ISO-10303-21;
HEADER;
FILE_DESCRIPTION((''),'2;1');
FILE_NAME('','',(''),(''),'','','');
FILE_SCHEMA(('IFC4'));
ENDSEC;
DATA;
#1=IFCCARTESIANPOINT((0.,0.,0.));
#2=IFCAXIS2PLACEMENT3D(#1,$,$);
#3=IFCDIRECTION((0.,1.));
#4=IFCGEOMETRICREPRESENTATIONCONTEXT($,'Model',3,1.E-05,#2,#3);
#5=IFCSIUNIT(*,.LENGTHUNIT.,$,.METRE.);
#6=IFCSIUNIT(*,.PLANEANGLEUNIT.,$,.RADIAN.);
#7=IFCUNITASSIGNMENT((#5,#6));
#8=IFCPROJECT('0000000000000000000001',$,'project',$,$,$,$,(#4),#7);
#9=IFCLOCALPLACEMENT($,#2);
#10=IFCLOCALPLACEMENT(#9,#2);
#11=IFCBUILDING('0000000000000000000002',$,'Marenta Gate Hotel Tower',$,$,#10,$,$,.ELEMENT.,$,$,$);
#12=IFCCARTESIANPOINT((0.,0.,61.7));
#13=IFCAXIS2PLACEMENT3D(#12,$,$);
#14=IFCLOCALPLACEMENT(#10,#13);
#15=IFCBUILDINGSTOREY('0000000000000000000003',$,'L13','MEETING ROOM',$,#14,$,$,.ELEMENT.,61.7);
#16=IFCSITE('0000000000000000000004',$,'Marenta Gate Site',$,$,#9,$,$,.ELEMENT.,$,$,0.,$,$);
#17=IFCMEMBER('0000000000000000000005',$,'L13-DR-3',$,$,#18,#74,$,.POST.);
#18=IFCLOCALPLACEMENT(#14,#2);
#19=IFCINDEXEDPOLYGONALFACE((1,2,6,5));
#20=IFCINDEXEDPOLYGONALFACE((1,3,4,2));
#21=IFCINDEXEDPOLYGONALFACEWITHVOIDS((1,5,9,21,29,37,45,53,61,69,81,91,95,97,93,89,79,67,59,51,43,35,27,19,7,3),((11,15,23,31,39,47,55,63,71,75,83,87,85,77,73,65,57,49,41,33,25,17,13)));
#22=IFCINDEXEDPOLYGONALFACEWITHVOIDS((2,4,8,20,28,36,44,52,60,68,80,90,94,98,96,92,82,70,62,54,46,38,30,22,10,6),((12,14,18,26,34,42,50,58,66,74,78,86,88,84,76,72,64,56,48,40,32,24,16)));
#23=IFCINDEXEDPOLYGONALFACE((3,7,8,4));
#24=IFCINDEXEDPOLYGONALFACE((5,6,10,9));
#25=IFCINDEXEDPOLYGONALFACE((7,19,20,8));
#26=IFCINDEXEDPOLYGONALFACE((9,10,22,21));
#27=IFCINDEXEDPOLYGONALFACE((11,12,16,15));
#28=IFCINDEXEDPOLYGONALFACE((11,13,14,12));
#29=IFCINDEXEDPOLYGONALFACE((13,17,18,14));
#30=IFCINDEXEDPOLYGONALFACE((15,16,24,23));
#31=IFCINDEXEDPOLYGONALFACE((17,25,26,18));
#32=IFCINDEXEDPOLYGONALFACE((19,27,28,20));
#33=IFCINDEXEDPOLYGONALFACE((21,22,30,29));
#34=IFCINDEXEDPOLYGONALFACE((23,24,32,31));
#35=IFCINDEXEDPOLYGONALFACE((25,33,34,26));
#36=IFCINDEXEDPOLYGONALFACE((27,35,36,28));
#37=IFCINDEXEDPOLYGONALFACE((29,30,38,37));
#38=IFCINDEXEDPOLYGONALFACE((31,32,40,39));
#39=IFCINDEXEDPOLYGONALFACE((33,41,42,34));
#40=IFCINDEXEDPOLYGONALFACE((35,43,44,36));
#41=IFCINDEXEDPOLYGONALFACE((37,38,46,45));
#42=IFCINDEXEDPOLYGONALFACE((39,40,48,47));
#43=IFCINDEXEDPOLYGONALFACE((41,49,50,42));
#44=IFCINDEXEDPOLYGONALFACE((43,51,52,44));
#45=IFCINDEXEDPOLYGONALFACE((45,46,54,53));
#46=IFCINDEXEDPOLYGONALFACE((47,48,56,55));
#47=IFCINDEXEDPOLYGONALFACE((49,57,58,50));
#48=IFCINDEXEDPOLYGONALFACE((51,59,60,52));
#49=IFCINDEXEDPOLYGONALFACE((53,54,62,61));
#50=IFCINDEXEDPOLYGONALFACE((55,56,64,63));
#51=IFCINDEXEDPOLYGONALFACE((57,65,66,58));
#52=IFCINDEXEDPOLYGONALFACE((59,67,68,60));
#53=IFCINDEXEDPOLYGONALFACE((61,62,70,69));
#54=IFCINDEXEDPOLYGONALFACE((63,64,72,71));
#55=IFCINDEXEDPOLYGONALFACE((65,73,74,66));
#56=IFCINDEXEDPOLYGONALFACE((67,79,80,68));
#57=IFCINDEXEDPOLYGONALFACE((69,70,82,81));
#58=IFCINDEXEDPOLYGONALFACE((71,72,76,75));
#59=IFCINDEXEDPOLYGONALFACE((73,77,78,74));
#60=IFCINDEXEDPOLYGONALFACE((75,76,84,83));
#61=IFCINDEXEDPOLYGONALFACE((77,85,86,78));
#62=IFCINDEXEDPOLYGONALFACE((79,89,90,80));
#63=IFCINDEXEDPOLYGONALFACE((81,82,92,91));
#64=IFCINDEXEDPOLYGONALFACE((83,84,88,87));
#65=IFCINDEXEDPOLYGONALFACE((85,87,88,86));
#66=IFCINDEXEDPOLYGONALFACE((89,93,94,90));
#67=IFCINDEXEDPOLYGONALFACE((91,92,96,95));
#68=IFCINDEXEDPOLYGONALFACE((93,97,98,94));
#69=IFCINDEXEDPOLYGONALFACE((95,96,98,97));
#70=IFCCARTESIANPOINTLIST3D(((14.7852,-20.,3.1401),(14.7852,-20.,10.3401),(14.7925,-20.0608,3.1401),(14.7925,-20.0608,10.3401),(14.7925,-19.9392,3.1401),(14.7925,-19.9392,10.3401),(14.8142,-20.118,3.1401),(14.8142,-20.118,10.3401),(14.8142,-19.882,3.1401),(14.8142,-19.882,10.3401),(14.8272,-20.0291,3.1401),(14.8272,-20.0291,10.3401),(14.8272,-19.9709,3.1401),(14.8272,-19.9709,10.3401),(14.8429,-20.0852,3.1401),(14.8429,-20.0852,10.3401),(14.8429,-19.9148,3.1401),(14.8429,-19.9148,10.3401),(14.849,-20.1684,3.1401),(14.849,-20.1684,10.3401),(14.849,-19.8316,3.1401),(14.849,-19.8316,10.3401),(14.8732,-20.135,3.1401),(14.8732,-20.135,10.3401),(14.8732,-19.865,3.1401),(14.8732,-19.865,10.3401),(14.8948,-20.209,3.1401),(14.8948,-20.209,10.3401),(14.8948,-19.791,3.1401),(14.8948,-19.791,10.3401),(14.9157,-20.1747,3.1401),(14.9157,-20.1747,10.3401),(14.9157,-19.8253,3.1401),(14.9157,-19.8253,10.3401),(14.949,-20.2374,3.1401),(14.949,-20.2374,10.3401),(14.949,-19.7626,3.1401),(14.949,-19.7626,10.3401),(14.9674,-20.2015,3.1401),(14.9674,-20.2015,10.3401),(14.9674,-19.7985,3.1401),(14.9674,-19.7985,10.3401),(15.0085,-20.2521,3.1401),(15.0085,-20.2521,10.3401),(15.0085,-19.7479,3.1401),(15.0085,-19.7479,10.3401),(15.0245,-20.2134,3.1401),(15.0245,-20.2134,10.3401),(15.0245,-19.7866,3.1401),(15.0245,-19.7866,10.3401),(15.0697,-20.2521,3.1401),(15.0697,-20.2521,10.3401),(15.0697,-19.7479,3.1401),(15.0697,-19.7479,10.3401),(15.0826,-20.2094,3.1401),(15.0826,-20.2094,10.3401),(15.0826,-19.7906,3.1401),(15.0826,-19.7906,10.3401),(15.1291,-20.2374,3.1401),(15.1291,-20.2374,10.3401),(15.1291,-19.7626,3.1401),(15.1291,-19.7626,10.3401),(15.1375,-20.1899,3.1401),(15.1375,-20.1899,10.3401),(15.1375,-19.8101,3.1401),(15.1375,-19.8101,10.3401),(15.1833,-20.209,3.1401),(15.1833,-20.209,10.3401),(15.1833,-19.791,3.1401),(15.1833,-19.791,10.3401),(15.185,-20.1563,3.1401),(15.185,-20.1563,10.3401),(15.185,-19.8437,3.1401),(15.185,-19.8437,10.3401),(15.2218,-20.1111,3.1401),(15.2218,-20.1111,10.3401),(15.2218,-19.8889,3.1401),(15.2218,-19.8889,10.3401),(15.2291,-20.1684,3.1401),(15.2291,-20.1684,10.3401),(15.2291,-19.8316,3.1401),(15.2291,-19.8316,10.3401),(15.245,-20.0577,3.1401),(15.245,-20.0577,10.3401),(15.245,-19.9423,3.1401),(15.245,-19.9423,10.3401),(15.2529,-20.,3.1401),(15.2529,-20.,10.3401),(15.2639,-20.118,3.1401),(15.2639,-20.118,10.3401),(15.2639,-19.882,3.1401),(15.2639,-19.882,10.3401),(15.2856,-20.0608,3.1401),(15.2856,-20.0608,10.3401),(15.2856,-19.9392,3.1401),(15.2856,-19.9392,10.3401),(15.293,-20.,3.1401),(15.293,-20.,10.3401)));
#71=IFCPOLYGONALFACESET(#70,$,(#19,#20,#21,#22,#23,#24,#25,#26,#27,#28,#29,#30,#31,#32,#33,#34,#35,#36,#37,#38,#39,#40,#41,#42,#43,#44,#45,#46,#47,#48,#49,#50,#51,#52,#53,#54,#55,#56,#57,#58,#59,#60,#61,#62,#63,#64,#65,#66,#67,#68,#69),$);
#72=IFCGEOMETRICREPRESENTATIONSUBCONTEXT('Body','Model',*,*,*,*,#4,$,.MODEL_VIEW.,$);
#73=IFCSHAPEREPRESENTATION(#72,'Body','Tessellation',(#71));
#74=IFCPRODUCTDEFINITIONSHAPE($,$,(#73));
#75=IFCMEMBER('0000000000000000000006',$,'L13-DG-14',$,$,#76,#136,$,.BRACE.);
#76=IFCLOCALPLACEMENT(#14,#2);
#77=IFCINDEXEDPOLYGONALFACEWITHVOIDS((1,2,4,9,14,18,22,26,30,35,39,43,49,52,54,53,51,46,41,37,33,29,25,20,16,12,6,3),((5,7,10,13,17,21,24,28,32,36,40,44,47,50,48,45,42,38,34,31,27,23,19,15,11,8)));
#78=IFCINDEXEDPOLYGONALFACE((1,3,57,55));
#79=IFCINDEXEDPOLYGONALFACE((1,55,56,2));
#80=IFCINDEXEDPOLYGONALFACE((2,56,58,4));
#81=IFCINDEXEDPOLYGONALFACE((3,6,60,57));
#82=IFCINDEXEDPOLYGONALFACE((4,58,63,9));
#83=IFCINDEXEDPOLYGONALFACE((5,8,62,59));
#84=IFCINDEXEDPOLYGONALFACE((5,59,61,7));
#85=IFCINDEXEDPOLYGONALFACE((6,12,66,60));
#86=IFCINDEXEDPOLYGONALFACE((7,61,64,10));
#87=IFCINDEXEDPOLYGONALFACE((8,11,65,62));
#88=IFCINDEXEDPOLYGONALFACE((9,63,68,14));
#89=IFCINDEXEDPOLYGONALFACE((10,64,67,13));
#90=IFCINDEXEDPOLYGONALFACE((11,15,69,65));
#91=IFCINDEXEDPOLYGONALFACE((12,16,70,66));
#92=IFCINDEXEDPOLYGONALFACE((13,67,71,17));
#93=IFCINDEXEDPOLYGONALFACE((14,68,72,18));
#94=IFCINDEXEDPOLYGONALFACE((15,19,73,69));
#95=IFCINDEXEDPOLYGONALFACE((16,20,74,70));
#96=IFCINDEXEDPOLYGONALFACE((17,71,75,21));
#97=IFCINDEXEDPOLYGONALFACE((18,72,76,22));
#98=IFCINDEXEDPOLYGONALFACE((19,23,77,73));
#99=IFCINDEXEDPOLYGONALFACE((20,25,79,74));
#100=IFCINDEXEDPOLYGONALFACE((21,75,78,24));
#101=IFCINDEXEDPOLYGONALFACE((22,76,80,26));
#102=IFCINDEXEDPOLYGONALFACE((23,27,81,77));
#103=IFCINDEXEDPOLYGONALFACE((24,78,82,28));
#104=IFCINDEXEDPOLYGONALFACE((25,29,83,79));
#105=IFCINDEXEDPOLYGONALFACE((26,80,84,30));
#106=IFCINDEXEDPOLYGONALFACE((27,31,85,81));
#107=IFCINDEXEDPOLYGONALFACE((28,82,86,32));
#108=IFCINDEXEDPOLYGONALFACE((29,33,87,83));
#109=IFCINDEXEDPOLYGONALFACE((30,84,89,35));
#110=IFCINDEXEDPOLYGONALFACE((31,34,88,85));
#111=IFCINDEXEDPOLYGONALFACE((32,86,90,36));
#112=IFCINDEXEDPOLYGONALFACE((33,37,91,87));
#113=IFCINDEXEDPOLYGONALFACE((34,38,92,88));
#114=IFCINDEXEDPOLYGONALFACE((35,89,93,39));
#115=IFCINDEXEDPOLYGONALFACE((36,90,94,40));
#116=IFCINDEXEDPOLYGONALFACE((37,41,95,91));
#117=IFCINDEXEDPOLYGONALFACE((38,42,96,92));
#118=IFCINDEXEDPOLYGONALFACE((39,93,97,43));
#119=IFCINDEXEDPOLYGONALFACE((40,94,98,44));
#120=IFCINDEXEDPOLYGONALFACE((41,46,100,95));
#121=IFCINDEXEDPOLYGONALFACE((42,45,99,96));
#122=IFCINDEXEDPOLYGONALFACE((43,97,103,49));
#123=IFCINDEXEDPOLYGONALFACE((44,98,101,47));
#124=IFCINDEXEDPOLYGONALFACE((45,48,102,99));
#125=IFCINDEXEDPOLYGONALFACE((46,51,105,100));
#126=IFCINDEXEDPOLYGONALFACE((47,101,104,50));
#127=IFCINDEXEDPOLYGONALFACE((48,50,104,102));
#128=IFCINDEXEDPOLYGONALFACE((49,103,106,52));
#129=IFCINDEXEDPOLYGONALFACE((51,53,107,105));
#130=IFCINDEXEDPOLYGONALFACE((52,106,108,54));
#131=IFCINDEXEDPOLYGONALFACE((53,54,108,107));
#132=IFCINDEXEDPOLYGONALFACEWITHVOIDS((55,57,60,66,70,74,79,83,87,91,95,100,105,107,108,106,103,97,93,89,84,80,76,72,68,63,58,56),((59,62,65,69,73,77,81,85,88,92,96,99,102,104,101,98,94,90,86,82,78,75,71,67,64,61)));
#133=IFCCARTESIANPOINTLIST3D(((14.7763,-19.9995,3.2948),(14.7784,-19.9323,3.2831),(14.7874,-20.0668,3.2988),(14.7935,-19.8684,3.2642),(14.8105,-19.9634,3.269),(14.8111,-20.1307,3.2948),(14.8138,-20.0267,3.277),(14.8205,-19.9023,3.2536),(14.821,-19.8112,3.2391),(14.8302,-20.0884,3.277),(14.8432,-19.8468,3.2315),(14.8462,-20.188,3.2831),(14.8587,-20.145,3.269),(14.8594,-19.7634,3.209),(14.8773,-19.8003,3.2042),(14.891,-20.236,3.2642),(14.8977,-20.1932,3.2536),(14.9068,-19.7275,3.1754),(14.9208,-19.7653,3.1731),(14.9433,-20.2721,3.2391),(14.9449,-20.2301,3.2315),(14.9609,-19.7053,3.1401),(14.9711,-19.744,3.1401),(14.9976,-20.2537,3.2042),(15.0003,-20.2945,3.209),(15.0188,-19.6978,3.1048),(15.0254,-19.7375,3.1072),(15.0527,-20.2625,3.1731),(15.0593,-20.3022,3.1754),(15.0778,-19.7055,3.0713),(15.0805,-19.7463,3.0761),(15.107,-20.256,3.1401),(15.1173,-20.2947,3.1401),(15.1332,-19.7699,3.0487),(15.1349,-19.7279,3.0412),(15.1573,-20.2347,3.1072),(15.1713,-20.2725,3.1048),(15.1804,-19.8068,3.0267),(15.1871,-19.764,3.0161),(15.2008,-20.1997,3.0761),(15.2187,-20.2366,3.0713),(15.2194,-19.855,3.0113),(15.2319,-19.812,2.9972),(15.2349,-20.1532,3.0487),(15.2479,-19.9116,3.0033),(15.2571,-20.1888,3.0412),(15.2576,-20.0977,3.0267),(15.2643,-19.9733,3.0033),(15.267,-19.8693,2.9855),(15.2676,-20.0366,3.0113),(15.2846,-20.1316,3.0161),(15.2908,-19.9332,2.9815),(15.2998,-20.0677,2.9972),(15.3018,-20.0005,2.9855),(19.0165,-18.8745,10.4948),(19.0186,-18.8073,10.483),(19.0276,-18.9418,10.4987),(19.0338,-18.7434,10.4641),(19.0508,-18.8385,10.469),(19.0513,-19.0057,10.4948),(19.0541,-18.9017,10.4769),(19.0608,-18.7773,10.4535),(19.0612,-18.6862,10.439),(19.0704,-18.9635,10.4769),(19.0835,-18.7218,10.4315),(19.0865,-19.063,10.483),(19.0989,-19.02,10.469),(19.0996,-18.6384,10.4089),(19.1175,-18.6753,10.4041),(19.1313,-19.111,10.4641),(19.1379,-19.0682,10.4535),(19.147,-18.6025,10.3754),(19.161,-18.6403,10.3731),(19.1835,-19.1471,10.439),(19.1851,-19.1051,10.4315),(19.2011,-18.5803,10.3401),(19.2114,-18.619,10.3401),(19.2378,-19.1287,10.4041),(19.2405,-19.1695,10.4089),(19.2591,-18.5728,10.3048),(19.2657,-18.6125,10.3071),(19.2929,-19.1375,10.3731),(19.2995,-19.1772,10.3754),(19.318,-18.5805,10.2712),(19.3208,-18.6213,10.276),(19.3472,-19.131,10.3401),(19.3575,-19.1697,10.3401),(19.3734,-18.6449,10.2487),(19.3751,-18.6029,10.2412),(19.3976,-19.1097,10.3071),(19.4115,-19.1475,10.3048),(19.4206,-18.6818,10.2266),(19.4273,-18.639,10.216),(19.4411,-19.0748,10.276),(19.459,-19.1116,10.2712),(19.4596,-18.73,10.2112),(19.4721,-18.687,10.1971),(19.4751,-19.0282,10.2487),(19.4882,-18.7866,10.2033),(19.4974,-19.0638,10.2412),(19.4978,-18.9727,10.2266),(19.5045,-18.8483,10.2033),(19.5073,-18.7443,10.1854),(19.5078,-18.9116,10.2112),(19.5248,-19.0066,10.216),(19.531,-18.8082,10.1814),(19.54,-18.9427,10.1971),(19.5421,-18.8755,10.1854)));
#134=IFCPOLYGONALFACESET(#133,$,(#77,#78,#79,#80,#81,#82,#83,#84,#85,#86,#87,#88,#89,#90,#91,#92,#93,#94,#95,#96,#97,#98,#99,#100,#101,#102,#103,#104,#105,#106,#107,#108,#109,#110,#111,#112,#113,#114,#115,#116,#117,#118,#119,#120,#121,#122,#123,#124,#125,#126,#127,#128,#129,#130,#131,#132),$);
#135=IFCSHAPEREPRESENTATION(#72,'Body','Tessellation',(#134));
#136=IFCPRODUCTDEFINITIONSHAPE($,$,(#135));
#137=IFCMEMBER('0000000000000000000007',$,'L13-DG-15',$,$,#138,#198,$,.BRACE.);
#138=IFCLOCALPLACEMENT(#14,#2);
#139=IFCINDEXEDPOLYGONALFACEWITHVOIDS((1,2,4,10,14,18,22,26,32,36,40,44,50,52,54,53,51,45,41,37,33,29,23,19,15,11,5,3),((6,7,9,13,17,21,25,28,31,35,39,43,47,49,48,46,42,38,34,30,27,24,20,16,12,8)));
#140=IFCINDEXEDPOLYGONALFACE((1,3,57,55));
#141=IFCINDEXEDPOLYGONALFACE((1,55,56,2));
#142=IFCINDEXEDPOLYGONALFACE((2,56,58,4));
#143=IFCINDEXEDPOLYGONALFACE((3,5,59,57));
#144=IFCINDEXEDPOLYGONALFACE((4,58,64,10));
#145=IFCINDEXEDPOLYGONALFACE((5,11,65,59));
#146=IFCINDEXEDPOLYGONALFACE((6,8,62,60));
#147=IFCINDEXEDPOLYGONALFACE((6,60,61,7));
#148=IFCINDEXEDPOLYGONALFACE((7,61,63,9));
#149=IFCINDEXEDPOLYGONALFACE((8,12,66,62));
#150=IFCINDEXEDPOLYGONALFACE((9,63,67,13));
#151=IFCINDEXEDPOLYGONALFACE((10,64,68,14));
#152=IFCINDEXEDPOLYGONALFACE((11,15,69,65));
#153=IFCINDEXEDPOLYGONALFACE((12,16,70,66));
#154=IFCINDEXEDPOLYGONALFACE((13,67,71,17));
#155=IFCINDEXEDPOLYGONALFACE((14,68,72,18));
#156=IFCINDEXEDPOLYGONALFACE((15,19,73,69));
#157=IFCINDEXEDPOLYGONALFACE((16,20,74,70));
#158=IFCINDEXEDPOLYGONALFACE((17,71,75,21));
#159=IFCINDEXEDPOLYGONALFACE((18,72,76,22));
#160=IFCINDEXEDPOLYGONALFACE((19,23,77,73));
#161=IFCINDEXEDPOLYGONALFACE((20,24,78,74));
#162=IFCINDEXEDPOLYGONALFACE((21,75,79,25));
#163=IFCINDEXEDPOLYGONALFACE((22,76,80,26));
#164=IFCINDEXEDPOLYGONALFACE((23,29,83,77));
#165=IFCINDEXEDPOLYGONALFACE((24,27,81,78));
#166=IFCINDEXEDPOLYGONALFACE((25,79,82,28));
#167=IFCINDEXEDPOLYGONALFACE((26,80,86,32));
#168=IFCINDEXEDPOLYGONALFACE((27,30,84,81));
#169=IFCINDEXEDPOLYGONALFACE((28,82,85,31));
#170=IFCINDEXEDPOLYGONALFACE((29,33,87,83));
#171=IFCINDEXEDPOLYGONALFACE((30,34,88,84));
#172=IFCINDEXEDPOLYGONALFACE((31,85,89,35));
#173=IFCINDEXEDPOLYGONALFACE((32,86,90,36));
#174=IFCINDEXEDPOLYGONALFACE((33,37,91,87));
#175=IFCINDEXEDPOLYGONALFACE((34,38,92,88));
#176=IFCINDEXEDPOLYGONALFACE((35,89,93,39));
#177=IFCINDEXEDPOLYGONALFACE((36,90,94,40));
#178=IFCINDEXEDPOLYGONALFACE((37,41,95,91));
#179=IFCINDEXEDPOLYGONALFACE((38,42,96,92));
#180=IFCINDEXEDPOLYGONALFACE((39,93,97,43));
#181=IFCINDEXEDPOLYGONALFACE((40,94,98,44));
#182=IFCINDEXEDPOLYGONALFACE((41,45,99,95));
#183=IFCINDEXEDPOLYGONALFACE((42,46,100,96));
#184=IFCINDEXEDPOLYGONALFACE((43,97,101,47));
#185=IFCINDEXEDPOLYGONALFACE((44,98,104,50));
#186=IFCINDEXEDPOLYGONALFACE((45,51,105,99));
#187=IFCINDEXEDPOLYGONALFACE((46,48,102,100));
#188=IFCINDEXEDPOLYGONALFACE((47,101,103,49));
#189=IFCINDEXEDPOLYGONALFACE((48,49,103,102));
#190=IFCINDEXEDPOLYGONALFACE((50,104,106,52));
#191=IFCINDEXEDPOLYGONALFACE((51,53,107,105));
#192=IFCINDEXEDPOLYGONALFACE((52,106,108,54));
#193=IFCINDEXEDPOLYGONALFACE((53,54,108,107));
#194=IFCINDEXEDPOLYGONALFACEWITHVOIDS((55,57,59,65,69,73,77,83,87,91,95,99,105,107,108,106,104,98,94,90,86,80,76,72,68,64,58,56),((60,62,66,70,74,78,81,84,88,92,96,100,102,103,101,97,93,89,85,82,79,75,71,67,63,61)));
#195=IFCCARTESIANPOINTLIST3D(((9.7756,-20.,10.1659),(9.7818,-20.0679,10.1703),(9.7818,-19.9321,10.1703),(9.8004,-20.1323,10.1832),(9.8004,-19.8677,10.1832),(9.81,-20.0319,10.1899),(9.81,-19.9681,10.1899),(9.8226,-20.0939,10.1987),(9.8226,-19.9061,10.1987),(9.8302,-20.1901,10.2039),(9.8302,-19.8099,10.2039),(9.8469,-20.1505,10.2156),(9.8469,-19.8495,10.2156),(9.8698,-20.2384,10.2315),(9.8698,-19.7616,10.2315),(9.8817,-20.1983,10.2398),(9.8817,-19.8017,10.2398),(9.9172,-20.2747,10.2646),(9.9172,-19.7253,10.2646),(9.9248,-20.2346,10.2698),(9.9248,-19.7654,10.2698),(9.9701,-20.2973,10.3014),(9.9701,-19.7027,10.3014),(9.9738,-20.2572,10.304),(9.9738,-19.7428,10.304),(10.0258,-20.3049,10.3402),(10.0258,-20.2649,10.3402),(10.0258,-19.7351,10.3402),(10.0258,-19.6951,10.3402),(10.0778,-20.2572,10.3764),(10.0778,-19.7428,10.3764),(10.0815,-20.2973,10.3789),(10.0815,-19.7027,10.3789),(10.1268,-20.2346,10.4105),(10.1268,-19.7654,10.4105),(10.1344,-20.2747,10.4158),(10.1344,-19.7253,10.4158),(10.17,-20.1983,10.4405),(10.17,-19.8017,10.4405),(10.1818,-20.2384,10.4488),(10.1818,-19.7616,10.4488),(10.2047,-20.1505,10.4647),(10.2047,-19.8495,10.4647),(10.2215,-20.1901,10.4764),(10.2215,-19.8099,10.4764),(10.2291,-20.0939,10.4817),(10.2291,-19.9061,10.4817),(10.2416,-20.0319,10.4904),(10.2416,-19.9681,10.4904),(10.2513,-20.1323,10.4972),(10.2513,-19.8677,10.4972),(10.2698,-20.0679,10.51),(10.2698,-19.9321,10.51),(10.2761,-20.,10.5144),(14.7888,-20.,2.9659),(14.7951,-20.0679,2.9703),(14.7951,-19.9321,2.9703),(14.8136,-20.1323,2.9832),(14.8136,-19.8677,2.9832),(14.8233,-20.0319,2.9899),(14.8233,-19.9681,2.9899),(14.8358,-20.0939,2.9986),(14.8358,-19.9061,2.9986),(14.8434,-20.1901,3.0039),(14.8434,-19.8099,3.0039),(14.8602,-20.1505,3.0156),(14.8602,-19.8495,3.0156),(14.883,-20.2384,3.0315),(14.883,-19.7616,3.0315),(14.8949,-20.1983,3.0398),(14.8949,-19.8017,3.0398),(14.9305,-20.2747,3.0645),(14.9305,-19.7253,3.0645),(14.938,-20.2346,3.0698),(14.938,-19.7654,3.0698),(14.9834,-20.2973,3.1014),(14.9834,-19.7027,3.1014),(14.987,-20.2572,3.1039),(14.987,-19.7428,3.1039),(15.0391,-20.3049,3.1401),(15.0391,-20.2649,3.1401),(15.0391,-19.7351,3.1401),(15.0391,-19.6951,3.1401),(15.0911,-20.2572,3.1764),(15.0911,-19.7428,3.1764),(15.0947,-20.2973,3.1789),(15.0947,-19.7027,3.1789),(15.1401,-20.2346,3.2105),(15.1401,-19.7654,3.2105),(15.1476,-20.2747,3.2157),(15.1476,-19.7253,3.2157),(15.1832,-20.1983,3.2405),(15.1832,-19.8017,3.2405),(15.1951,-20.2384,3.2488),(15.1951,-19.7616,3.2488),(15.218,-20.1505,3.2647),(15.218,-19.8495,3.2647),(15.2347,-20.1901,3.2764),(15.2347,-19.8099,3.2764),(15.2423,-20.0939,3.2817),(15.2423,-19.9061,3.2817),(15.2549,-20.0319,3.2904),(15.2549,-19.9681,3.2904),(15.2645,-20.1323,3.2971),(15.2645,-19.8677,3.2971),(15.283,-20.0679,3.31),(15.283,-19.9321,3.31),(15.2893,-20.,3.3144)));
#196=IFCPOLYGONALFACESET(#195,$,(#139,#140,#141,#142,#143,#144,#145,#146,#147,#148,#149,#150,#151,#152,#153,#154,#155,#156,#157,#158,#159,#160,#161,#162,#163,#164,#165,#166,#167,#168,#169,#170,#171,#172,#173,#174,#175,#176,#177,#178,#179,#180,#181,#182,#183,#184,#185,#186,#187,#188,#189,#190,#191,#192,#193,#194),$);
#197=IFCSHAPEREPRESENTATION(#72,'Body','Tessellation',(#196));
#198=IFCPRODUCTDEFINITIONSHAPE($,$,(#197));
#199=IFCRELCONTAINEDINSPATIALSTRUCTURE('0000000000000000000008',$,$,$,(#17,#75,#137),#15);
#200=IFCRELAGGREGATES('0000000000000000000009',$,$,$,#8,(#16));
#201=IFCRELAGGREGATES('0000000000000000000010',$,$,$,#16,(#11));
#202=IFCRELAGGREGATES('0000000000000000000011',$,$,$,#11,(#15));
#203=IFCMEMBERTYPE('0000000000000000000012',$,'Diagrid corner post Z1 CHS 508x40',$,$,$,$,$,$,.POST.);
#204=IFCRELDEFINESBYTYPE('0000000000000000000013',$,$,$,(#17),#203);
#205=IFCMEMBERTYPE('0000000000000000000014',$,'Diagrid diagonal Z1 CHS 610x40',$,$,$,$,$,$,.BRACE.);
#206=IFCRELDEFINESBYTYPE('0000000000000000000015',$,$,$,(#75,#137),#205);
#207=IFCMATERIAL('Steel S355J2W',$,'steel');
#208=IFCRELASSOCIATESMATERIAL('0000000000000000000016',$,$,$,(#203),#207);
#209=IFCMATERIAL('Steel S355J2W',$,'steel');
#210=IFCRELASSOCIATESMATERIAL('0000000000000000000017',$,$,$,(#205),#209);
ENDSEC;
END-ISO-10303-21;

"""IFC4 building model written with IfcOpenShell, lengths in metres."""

from ifc_helpers import new_model, si_unit, direction, frame, origin, origin_2d, place, context, subcontext, project, spatial, hollow_circle, extrude, material, material_profile, profile_set, type_object, element, save


model = new_model("IFC4")

# Units and contexts
model_context = context("Model", 3, precision=1e-05, world=origin(), true_north=direction((0.0, 1.0)))
body_context = subcontext(model_context, "Body", "Model", "MODEL_VIEW")
ifc_project = project(units=[si_unit("LENGTHUNIT", "METRE"), si_unit("PLANEANGLEUNIT", "RADIAN")], contexts=[model_context])

# Site, building, storey
site_placement = place(None, origin())
site = spatial("IfcSite", under=ifc_project, at=site_placement, Name="Marenta Gate Site", CompositionType="ELEMENT", RefElevation=0.0)
building_placement = place(site_placement, origin())
building = spatial("IfcBuilding", under=site, at=building_placement, Name="Marenta Gate Hotel Tower", CompositionType="ELEMENT")
storey_placement = place(building_placement, frame((0.0, 0.0, 61.7)))
storey = spatial("IfcBuildingStorey", under=building, at=storey_placement, Name="L13", Description="MEETING ROOM", CompositionType="ELEMENT", Elevation=61.7)

# Members
ifc_material_1 = material(Name="Steel S355J2W", Category="steel")
ifc_material_profile_1 = material_profile(ifc_material_1, hollow_circle(Radius=0.2539, WallThickness=0.04, at=origin_2d()), Name="CHS 508x40")
ifc_profile_set_1 = profile_set([ifc_material_profile_1], Name="Steel S355J2W")
member_type_1 = type_object("IfcMemberType", Name="Diagrid corner post Z1 CHS 508x40", PredefinedType="POST", material=ifc_profile_set_1)
member_1_placement = place(storey_placement, frame((15.0391, -20.0, 3.1401), z_axis=(0.0, 0.0, 1.0), x_axis=(1.0, 0.0, 0.0)))
element("IfcMember", 1, at=member_1_placement, inside=storey, type_object=member_type_1, Name="L13-DR-3", PredefinedType="POST", context=body_context, shape_type="SweptSolid", body=[
    extrude(hollow_circle(Radius=0.2539, WallThickness=0.04, at=origin_2d()), origin(), (0.0, 0.0, 1.0), 7.2),
])
ifc_material_2 = material(Name="Steel S355J2W", Category="steel")
ifc_material_profile_2 = material_profile(ifc_material_2, hollow_circle(Radius=0.3049, WallThickness=0.04, at=origin_2d()), Name="CHS 610x40")
ifc_profile_set_2 = profile_set([ifc_material_profile_2], Name="Steel S355J2W")
member_type_2 = type_object("IfcMemberType", Name="Diagrid diagonal Z1 CHS 610x40", PredefinedType="BRACE", material=ifc_profile_set_2)
member_2_placement = place(storey_placement, frame((15.0391, -20.0, 3.1401), z_axis=(0.502924, 0.133434, 0.853969), x_axis=(-0.256443, 0.966559, 0.0)))
element("IfcMember", 2, at=member_2_placement, inside=storey, type_object=member_type_2, Name="L13-DG-14", PredefinedType="BRACE", context=body_context, shape_type="SweptSolid", body=[
    extrude(hollow_circle(Radius=0.3049, WallThickness=0.04, at=origin_2d()), origin(), (0.0, 0.0, 1.0), 8.4312),
])
member_3_placement = place(storey_placement, frame((15.0391, -20.0, 3.1401), z_axis=(-0.571412, 0.0, 0.820664), x_axis=(0.0, -1.0, 0.0)))
element("IfcMember", 3, at=member_3_placement, inside=storey, type_object=member_type_2, Name="L13-DG-15", PredefinedType="BRACE", context=body_context, shape_type="SweptSolid", body=[
    extrude(hollow_circle(Radius=0.3049, WallThickness=0.04, at=origin_2d()), origin(), (0.0, 0.0, 1.0), 8.7734),
])

save(model, "model.ifc")
